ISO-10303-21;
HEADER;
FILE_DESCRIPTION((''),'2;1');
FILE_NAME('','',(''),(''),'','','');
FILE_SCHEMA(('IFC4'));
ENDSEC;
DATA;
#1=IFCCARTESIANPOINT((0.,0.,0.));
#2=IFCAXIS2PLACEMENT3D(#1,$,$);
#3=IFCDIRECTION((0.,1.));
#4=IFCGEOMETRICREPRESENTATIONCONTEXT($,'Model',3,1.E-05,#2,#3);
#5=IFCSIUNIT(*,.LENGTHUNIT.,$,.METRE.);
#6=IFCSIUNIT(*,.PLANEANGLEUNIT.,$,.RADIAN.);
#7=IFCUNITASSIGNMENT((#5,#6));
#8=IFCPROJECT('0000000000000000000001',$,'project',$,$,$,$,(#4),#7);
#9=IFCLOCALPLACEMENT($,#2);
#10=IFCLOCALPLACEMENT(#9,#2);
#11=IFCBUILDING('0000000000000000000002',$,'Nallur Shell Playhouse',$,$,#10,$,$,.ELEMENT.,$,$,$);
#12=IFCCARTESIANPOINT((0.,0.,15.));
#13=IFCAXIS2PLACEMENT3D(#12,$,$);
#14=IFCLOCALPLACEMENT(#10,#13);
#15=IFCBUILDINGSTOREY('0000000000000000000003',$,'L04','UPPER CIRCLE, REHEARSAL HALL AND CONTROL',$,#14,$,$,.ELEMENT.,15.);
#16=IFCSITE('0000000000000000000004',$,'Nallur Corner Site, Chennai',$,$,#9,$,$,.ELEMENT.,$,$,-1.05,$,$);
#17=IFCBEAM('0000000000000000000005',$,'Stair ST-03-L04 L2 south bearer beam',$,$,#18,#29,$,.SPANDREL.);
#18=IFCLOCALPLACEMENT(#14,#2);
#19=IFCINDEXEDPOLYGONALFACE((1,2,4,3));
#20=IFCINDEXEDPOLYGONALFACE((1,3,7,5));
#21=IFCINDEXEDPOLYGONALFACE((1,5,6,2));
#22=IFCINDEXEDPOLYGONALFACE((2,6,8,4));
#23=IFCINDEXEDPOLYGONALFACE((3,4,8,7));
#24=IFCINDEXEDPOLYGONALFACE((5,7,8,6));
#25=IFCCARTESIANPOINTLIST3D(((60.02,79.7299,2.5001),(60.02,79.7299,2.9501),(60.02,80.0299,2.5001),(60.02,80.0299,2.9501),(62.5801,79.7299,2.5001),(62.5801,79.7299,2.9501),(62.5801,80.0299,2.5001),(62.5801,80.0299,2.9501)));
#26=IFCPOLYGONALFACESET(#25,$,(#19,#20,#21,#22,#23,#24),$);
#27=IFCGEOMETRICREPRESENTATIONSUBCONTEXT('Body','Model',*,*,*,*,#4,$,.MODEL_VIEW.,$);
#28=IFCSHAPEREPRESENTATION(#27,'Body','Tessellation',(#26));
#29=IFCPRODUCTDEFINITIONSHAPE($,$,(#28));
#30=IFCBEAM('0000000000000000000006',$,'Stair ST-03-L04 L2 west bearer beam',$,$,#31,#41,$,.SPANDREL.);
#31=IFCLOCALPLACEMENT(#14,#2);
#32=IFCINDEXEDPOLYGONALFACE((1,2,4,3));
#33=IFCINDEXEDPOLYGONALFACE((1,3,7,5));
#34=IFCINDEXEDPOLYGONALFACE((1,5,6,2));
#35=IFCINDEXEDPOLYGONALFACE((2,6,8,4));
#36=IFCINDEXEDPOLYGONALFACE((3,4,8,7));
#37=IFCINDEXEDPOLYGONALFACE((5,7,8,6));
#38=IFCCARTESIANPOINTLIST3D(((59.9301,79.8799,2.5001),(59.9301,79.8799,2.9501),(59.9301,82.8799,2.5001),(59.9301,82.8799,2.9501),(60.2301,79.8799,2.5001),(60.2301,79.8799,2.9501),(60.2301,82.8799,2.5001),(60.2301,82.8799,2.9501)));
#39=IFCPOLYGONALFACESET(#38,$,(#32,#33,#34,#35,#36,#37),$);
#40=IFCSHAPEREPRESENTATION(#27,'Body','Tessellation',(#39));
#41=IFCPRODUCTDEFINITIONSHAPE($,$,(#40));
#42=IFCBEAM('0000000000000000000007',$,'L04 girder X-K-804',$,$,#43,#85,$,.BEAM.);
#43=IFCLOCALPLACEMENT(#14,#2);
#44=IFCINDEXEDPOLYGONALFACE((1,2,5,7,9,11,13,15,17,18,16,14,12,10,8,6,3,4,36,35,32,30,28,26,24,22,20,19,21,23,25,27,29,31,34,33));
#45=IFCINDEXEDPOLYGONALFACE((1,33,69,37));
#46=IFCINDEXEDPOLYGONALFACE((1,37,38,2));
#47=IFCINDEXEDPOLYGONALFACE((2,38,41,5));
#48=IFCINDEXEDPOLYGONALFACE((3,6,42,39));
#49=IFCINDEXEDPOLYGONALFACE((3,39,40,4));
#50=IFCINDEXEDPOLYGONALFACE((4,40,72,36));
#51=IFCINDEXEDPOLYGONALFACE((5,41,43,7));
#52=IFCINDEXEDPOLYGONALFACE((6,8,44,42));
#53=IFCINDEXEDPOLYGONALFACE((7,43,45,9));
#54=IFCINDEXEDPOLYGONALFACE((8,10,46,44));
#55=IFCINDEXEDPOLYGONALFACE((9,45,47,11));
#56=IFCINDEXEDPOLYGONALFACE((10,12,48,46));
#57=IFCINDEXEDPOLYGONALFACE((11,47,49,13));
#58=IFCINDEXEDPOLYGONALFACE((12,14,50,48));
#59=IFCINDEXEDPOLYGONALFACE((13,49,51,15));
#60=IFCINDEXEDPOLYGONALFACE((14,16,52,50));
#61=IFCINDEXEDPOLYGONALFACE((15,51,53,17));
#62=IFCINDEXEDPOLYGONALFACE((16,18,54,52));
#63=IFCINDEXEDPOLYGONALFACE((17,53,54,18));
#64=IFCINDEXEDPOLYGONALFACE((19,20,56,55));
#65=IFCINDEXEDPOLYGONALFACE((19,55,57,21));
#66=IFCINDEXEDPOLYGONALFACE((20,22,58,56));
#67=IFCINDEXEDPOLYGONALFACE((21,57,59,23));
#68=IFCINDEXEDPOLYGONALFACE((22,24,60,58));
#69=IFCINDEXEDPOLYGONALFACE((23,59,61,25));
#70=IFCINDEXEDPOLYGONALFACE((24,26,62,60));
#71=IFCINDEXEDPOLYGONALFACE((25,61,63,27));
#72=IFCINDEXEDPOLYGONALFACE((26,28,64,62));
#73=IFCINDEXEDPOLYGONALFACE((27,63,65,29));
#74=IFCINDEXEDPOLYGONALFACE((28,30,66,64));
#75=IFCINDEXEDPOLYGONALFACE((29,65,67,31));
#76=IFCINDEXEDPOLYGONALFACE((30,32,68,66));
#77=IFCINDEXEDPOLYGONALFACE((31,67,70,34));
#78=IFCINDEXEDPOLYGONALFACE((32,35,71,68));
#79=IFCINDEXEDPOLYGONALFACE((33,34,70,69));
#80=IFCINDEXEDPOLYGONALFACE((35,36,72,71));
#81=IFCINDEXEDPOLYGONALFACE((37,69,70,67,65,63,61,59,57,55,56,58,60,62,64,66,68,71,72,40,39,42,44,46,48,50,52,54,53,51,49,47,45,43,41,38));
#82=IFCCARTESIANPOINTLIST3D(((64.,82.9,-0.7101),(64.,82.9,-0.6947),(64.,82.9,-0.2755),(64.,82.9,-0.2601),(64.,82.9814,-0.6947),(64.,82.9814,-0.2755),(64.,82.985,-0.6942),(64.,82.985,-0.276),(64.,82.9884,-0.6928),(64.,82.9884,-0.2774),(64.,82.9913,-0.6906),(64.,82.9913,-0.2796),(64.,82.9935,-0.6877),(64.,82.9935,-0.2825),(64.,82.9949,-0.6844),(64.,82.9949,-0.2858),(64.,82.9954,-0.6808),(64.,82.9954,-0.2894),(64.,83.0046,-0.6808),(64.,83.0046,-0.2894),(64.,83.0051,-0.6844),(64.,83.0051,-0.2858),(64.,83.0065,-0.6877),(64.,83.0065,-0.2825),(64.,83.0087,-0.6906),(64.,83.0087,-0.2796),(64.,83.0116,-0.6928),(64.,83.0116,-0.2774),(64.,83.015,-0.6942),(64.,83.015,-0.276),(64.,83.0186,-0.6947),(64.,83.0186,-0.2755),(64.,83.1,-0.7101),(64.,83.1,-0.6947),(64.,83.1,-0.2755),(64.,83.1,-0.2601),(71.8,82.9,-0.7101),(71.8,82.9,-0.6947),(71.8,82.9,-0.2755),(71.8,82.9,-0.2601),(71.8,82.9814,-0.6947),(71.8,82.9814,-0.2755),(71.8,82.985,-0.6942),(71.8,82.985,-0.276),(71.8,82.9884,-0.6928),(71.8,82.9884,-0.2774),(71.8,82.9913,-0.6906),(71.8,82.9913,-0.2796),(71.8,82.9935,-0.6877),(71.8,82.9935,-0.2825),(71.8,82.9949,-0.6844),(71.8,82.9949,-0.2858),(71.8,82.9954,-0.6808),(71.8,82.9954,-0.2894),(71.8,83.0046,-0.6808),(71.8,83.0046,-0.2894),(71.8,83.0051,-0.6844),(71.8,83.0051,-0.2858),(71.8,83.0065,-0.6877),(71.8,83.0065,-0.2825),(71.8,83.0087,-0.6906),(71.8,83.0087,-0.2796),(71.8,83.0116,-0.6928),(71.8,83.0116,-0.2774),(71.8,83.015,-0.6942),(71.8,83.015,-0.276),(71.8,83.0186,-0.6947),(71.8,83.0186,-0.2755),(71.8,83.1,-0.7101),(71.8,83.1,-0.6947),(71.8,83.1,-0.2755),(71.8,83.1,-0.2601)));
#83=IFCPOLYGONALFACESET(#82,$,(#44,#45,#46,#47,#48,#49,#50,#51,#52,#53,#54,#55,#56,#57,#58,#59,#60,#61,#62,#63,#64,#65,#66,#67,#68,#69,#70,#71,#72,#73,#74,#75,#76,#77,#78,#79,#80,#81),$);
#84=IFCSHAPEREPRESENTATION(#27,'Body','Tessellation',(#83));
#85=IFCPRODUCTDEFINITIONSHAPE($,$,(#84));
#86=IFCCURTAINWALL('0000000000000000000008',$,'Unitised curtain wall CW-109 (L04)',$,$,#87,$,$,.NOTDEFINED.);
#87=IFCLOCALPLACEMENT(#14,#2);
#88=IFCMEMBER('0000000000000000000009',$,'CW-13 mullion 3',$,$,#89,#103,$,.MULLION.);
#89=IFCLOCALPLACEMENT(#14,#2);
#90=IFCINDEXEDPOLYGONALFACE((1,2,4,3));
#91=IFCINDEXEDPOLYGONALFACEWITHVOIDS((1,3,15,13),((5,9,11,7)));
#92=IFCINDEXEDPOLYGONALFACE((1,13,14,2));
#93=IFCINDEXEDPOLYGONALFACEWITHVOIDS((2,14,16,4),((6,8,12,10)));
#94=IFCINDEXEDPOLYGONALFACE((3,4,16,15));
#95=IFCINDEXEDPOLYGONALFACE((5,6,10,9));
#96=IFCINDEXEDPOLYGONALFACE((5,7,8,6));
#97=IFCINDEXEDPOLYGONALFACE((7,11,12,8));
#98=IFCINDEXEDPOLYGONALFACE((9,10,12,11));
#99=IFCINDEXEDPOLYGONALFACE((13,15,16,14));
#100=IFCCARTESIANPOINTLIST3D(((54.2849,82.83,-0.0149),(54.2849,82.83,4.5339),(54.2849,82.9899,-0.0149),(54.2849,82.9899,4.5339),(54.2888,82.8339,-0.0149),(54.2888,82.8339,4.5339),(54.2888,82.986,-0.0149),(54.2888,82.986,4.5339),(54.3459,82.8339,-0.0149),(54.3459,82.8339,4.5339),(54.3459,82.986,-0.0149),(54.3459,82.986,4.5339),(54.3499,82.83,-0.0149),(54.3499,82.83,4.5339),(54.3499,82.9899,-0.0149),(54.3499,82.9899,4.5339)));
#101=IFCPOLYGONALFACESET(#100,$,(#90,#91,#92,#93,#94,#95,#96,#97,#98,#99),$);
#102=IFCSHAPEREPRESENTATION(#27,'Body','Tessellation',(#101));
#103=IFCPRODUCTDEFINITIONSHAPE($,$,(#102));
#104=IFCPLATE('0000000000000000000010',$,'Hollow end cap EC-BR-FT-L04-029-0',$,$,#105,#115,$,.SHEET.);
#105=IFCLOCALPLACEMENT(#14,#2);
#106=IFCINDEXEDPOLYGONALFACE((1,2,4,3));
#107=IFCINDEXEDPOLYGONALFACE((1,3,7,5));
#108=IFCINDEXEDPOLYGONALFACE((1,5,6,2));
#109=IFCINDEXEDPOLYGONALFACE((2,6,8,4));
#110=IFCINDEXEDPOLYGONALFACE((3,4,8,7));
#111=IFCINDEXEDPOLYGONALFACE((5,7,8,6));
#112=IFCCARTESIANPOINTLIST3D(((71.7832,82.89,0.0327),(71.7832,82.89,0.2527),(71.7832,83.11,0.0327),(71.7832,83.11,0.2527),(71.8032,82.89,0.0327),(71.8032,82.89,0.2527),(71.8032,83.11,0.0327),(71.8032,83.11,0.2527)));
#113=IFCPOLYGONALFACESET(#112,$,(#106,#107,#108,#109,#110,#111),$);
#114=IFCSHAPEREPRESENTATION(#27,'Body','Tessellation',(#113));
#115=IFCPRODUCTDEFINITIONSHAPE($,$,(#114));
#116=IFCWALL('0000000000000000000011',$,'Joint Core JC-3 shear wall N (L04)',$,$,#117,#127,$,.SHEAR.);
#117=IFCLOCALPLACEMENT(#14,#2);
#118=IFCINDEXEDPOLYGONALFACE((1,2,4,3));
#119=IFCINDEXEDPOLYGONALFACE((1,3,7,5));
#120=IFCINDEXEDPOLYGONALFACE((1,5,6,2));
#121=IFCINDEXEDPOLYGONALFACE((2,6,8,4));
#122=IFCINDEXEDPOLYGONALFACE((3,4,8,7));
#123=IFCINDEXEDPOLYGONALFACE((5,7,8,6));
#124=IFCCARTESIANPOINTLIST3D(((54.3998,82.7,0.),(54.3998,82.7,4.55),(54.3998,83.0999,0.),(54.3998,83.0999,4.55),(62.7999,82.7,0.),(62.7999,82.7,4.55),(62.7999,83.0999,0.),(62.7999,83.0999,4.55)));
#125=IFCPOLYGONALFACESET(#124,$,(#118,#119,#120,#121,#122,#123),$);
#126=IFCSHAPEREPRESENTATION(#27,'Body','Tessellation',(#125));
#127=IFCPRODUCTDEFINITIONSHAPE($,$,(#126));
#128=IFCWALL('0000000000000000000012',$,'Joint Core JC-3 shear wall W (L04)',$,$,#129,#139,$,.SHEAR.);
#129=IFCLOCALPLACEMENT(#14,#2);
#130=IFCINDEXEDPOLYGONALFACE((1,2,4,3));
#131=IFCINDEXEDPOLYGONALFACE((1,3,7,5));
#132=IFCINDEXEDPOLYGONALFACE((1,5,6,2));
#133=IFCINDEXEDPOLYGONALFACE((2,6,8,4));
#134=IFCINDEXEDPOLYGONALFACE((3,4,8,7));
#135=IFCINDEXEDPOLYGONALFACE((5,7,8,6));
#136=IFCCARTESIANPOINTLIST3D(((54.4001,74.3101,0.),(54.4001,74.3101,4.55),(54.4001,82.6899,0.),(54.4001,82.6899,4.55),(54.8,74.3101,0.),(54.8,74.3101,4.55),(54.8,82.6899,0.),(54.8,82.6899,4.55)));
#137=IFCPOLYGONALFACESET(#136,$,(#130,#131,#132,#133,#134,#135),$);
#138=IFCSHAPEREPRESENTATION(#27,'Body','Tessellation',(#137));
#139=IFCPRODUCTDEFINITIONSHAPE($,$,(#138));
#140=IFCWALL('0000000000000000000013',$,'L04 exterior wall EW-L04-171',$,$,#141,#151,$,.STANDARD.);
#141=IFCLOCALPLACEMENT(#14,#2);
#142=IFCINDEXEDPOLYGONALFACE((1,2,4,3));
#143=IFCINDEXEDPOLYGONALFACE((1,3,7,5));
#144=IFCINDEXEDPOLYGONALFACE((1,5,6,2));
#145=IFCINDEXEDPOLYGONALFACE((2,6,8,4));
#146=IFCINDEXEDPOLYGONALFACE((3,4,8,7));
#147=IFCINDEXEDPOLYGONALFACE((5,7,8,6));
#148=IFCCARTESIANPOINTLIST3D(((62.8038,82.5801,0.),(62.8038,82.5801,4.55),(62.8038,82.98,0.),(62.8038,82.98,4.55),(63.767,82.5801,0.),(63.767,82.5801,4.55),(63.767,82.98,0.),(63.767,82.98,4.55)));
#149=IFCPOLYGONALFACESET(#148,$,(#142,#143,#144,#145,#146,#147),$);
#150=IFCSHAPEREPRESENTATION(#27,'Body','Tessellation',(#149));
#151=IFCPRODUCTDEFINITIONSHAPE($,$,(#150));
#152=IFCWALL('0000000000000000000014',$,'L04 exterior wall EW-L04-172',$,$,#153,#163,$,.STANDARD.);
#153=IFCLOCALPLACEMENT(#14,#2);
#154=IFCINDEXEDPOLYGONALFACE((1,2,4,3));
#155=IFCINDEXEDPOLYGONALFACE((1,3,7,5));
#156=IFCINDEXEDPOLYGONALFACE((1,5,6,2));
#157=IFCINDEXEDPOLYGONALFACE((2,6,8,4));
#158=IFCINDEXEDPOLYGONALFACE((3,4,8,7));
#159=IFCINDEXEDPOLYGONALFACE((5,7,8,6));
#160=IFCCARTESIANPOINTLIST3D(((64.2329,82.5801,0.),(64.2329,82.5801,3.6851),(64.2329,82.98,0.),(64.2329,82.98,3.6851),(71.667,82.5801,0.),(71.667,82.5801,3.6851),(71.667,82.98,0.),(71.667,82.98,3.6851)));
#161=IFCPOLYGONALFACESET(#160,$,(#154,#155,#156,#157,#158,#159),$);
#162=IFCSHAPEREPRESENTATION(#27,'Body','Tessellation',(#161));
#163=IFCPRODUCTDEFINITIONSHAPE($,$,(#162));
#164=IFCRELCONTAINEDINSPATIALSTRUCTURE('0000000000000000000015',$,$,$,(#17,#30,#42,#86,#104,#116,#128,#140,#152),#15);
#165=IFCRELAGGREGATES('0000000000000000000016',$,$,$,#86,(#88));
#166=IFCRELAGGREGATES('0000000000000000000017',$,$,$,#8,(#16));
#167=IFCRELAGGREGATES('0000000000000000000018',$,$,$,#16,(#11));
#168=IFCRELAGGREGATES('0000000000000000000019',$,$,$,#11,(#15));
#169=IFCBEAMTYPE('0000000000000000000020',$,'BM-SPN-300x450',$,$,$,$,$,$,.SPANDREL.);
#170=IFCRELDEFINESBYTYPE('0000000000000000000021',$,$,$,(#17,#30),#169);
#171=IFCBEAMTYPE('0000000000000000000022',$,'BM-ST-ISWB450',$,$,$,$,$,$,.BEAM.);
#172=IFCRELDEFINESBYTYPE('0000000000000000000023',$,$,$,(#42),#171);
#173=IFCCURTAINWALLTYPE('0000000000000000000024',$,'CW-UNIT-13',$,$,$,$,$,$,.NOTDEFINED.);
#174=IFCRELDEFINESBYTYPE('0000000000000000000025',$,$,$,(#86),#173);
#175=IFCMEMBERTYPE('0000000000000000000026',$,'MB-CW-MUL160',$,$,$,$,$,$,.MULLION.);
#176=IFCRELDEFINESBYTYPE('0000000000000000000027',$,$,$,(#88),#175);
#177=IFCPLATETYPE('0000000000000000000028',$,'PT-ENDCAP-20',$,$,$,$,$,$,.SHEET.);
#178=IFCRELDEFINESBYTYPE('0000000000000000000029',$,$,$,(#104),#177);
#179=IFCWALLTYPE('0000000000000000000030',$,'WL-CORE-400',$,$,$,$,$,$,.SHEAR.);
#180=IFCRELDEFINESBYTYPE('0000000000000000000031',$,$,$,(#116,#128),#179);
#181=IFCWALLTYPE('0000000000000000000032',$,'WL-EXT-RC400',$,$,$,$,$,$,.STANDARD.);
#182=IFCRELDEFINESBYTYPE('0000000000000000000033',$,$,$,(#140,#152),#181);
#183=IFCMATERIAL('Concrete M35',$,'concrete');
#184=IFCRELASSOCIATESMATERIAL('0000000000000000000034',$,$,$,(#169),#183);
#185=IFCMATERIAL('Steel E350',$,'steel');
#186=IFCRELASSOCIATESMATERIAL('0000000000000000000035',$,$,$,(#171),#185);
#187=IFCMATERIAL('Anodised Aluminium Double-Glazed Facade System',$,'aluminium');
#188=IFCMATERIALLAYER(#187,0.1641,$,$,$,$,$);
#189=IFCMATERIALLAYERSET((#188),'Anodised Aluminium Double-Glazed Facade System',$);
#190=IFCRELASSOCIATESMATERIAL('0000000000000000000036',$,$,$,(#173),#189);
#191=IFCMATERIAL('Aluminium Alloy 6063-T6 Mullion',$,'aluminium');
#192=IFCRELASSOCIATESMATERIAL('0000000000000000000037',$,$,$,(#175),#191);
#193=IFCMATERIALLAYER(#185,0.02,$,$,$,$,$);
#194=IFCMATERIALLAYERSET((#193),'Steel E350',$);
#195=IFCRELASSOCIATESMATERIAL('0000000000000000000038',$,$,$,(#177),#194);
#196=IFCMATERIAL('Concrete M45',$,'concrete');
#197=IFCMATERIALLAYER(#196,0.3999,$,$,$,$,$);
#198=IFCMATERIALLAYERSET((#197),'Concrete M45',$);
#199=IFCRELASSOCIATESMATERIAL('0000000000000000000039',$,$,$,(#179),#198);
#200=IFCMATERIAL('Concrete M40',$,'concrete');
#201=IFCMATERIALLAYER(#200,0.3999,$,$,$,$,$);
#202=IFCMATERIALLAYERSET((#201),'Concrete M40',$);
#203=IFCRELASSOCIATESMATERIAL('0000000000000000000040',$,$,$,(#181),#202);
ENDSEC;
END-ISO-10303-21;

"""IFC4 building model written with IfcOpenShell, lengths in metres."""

from ifc_helpers import new_model, si_unit, direction, frame, frame_2d, origin, origin_2d, place, context, subcontext, project, spatial, rectangle, hollow_rectangle, i_section, extrude, material, layer, layer_set, material_profile, profile_set, type_object, element, aggregate, save


model = new_model("IFC4")

# Units and contexts
model_context = context("Model", 3, precision=1e-05, world=origin(), true_north=direction((0.0, 1.0)))
body_context = subcontext(model_context, "Body", "Model", "MODEL_VIEW")
ifc_project = project(units=[si_unit("LENGTHUNIT", "METRE"), si_unit("PLANEANGLEUNIT", "RADIAN")], contexts=[model_context])

# Site, building, storey
site_placement = place(None, origin())
site = spatial("IfcSite", under=ifc_project, at=site_placement, Name="Nallur Corner Site, Chennai", CompositionType="ELEMENT", RefElevation=-1.05)
building_placement = place(site_placement, origin())
building = spatial("IfcBuilding", under=site, at=building_placement, Name="Nallur Shell Playhouse", CompositionType="ELEMENT")
storey_placement = place(building_placement, frame((0.0, 0.0, 15.0)))
storey = spatial("IfcBuildingStorey", under=building, at=storey_placement, Name="L04", Description="UPPER CIRCLE, REHEARSAL HALL AND CONTROL", CompositionType="ELEMENT", Elevation=15.0)

# Shared definitions
ifc_material_1 = material(Name="Steel E350", Category="steel")

# Beams
ifc_material_2 = material(Name="Concrete M35", Category="concrete")
ifc_material_profile_1 = material_profile(ifc_material_2, rectangle(XDim=0.3, YDim=0.45, at=origin_2d()), Name="RC 300x450")
ifc_profile_set_1 = profile_set([ifc_material_profile_1], Name="Concrete M35")
beam_type_1 = type_object("IfcBeamType", Name="BM-SPN-300x450", PredefinedType="SPANDREL", material=ifc_profile_set_1)
beam_1_placement = place(storey_placement, frame((60.02, 79.8799, 2.7251), z_axis=(1.0, 0.0, 0.0), x_axis=(0.0, 1.0, 0.0)))
element("IfcBeam", 1, at=beam_1_placement, inside=storey, type_object=beam_type_1, Name="Stair ST-03-L04 L2 south bearer beam", PredefinedType="SPANDREL", context=body_context, shape_type="SweptSolid", body=[
    extrude(rectangle(XDim=0.3, YDim=0.45, at=origin_2d()), origin(), (0.0, 0.0, 1.0), 2.5601),
])
beam_2_placement = place(storey_placement, frame((60.0801, 79.8799, 2.7251), z_axis=(0.0, 1.0, 0.0), x_axis=(-1.0, 0.0, 0.0)))
element("IfcBeam", 2, at=beam_2_placement, inside=storey, type_object=beam_type_1, Name="Stair ST-03-L04 L2 west bearer beam", PredefinedType="SPANDREL", context=body_context, shape_type="SweptSolid", body=[
    extrude(rectangle(XDim=0.3, YDim=0.45, at=origin_2d()), origin(), (0.0, 0.0, 1.0), 3.0),
])
ifc_material_profile_2 = material_profile(ifc_material_1, i_section(OverallWidth=0.2, OverallDepth=0.45, WebThickness=0.0093, FlangeThickness=0.0154, FilletRadius=0.0139, at=origin_2d()), Name="ISWB 450")
ifc_profile_set_2 = profile_set([ifc_material_profile_2], Name="Steel E350")
beam_type_2 = type_object("IfcBeamType", Name="BM-ST-ISWB450", PredefinedType="BEAM", material=ifc_profile_set_2)
beam_3_placement = place(storey_placement, frame((64.0, 83.0, -0.4851), z_axis=(1.0, 0.0, 0.0), x_axis=(0.0, 1.0, 0.0)))
element("IfcBeam", 3, at=beam_3_placement, inside=storey, type_object=beam_type_2, Name="L04 girder X-K-804", PredefinedType="BEAM", context=body_context, shape_type="SweptSolid", body=[
    extrude(i_section(OverallWidth=0.2, OverallDepth=0.45, WebThickness=0.0093, FlangeThickness=0.0154, FilletRadius=0.0139, at=origin_2d()), origin(), (0.0, 0.0, 1.0), 7.8),
])

# Curtain wall, member
ifc_material_3 = material(Name="Anodised Aluminium Double-Glazed Facade System", Category="aluminium")
ifc_layer_1 = layer(ifc_material_3, 0.1641)
ifc_layer_set_1 = layer_set([ifc_layer_1], Name="Anodised Aluminium Double-Glazed Facade System")
curtain_wall_type = type_object("IfcCurtainWallType", Name="CW-UNIT-13", PredefinedType="NOTDEFINED", material=ifc_layer_set_1)
curtain_wall_placement = place(storey_placement, origin())
curtain_wall = element("IfcCurtainWall", 4, at=curtain_wall_placement, inside=storey, type_object=curtain_wall_type, Name="Unitised curtain wall CW-109 (L04)", PredefinedType="NOTDEFINED")
ifc_material_4 = material(Name="Aluminium Alloy 6063-T6 Mullion", Category="aluminium")
ifc_material_profile_3 = material_profile(ifc_material_4, hollow_rectangle(XDim=0.0649, YDim=0.1599, WallThickness=0.0039, at=origin_2d()), Name="ALU 65x160x4")
ifc_profile_set_3 = profile_set([ifc_material_profile_3], Name="Aluminium Alloy 6063-T6 Mullion")
member_type = type_object("IfcMemberType", Name="MB-CW-MUL160", PredefinedType="MULLION", material=ifc_profile_set_3)
member_placement = place(storey_placement, frame((54.3174, 82.9099, -0.0149), z_axis=(0.0, 0.0, 1.0), x_axis=(1.0, 0.0, 0.0)))
member = element("IfcMember", 5, at=member_placement, type_object=member_type, Name="CW-13 mullion 3", PredefinedType="MULLION", context=body_context, shape_type="SweptSolid", body=[
    extrude(hollow_rectangle(XDim=0.0649, YDim=0.1599, WallThickness=0.0039, at=origin_2d()), origin(), (0.0, 0.0, 1.0), 4.5488),
])
aggregate(curtain_wall, [member])

# Plate
ifc_layer_2 = layer(ifc_material_1, 0.02)
ifc_layer_set_2 = layer_set([ifc_layer_2], Name="Steel E350")
plate_type = type_object("IfcPlateType", Name="PT-ENDCAP-20", PredefinedType="SHEET", material=ifc_layer_set_2)
plate_placement = place(storey_placement, frame((71.7932, 83.0, 0.0327), z_axis=(0.0, 0.0, 1.0), x_axis=(1.0, 0.0, 0.0)))
element("IfcPlate", 6, at=plate_placement, inside=storey, type_object=plate_type, Name="Hollow end cap EC-BR-FT-L04-029-0", PredefinedType="SHEET", context=body_context, shape_type="SweptSolid", body=[
    extrude(rectangle(XDim=0.02, YDim=0.22, at=origin_2d()), origin(), (0.0, 0.0, 1.0), 0.22),
])

# Walls
ifc_material_5 = material(Name="Concrete M45", Category="concrete")
ifc_layer_3 = layer(ifc_material_5, 0.3999)
ifc_layer_set_3 = layer_set([ifc_layer_3], Name="Concrete M45")
wall_type_1 = type_object("IfcWallType", Name="WL-CORE-400", PredefinedType="SHEAR", material=ifc_layer_set_3)
wall_1_placement = place(storey_placement, frame((62.8, 82.8999, 0.0), z_axis=(0.0, 0.0, 1.0), x_axis=(-1.0, 0.0, 0.0)))
element("IfcWall", 7, at=wall_1_placement, inside=storey, type_object=wall_type_1, Name="Joint Core JC-3 shear wall N (L04)", PredefinedType="SHEAR", context=body_context, shape_type="SweptSolid", body=[
    extrude(rectangle(XDim=8.4001, YDim=0.3999, at=frame_2d((4.2002, 0.0))), origin(), (0.0, 0.0, 1.0), 4.55),
])
wall_2_placement = place(storey_placement, frame((54.6001, 82.6899, 0.0), z_axis=(0.0, 0.0, 1.0), x_axis=(0.0, -1.0, 0.0)))
element("IfcWall", 8, at=wall_2_placement, inside=storey, type_object=wall_type_1, Name="Joint Core JC-3 shear wall W (L04)", PredefinedType="SHEAR", context=body_context, shape_type="SweptSolid", body=[
    extrude(rectangle(XDim=8.3799, YDim=0.3999, at=frame_2d((4.1899, 0.0))), origin(), (0.0, 0.0, 1.0), 4.55),
])
ifc_material_6 = material(Name="Concrete M40", Category="concrete")
ifc_layer_4 = layer(ifc_material_6, 0.3999)
ifc_layer_set_4 = layer_set([ifc_layer_4], Name="Concrete M40")
wall_type_2 = type_object("IfcWallType", Name="WL-EXT-RC400", PredefinedType="STANDARD", material=ifc_layer_set_4)
wall_3_placement = place(storey_placement, frame((62.804, 82.78, 0.0), z_axis=(0.0, 0.0, 1.0), x_axis=(1.0, 0.0, 0.0)))
element("IfcWall", 9, at=wall_3_placement, inside=storey, type_object=wall_type_2, Name="L04 exterior wall EW-L04-171", PredefinedType="STANDARD", context=body_context, shape_type="SweptSolid", body=[
    extrude(rectangle(XDim=0.9631, YDim=0.3999, at=frame_2d((0.4814, 0.0))), origin(), (0.0, 0.0, 1.0), 4.55),
])
wall_4_placement = place(storey_placement, frame((64.2329, 82.78, 0.0), z_axis=(0.0, 0.0, 1.0), x_axis=(1.0, 0.0, 0.0)))
element("IfcWall", 10, at=wall_4_placement, inside=storey, type_object=wall_type_2, Name="L04 exterior wall EW-L04-172", PredefinedType="STANDARD", context=body_context, shape_type="SweptSolid", body=[
    extrude(rectangle(XDim=7.4341, YDim=0.3999, at=frame_2d((3.717, 0.0))), origin(), (0.0, 0.0, 1.0), 3.6851),
])

save(model, "model.ifc")
